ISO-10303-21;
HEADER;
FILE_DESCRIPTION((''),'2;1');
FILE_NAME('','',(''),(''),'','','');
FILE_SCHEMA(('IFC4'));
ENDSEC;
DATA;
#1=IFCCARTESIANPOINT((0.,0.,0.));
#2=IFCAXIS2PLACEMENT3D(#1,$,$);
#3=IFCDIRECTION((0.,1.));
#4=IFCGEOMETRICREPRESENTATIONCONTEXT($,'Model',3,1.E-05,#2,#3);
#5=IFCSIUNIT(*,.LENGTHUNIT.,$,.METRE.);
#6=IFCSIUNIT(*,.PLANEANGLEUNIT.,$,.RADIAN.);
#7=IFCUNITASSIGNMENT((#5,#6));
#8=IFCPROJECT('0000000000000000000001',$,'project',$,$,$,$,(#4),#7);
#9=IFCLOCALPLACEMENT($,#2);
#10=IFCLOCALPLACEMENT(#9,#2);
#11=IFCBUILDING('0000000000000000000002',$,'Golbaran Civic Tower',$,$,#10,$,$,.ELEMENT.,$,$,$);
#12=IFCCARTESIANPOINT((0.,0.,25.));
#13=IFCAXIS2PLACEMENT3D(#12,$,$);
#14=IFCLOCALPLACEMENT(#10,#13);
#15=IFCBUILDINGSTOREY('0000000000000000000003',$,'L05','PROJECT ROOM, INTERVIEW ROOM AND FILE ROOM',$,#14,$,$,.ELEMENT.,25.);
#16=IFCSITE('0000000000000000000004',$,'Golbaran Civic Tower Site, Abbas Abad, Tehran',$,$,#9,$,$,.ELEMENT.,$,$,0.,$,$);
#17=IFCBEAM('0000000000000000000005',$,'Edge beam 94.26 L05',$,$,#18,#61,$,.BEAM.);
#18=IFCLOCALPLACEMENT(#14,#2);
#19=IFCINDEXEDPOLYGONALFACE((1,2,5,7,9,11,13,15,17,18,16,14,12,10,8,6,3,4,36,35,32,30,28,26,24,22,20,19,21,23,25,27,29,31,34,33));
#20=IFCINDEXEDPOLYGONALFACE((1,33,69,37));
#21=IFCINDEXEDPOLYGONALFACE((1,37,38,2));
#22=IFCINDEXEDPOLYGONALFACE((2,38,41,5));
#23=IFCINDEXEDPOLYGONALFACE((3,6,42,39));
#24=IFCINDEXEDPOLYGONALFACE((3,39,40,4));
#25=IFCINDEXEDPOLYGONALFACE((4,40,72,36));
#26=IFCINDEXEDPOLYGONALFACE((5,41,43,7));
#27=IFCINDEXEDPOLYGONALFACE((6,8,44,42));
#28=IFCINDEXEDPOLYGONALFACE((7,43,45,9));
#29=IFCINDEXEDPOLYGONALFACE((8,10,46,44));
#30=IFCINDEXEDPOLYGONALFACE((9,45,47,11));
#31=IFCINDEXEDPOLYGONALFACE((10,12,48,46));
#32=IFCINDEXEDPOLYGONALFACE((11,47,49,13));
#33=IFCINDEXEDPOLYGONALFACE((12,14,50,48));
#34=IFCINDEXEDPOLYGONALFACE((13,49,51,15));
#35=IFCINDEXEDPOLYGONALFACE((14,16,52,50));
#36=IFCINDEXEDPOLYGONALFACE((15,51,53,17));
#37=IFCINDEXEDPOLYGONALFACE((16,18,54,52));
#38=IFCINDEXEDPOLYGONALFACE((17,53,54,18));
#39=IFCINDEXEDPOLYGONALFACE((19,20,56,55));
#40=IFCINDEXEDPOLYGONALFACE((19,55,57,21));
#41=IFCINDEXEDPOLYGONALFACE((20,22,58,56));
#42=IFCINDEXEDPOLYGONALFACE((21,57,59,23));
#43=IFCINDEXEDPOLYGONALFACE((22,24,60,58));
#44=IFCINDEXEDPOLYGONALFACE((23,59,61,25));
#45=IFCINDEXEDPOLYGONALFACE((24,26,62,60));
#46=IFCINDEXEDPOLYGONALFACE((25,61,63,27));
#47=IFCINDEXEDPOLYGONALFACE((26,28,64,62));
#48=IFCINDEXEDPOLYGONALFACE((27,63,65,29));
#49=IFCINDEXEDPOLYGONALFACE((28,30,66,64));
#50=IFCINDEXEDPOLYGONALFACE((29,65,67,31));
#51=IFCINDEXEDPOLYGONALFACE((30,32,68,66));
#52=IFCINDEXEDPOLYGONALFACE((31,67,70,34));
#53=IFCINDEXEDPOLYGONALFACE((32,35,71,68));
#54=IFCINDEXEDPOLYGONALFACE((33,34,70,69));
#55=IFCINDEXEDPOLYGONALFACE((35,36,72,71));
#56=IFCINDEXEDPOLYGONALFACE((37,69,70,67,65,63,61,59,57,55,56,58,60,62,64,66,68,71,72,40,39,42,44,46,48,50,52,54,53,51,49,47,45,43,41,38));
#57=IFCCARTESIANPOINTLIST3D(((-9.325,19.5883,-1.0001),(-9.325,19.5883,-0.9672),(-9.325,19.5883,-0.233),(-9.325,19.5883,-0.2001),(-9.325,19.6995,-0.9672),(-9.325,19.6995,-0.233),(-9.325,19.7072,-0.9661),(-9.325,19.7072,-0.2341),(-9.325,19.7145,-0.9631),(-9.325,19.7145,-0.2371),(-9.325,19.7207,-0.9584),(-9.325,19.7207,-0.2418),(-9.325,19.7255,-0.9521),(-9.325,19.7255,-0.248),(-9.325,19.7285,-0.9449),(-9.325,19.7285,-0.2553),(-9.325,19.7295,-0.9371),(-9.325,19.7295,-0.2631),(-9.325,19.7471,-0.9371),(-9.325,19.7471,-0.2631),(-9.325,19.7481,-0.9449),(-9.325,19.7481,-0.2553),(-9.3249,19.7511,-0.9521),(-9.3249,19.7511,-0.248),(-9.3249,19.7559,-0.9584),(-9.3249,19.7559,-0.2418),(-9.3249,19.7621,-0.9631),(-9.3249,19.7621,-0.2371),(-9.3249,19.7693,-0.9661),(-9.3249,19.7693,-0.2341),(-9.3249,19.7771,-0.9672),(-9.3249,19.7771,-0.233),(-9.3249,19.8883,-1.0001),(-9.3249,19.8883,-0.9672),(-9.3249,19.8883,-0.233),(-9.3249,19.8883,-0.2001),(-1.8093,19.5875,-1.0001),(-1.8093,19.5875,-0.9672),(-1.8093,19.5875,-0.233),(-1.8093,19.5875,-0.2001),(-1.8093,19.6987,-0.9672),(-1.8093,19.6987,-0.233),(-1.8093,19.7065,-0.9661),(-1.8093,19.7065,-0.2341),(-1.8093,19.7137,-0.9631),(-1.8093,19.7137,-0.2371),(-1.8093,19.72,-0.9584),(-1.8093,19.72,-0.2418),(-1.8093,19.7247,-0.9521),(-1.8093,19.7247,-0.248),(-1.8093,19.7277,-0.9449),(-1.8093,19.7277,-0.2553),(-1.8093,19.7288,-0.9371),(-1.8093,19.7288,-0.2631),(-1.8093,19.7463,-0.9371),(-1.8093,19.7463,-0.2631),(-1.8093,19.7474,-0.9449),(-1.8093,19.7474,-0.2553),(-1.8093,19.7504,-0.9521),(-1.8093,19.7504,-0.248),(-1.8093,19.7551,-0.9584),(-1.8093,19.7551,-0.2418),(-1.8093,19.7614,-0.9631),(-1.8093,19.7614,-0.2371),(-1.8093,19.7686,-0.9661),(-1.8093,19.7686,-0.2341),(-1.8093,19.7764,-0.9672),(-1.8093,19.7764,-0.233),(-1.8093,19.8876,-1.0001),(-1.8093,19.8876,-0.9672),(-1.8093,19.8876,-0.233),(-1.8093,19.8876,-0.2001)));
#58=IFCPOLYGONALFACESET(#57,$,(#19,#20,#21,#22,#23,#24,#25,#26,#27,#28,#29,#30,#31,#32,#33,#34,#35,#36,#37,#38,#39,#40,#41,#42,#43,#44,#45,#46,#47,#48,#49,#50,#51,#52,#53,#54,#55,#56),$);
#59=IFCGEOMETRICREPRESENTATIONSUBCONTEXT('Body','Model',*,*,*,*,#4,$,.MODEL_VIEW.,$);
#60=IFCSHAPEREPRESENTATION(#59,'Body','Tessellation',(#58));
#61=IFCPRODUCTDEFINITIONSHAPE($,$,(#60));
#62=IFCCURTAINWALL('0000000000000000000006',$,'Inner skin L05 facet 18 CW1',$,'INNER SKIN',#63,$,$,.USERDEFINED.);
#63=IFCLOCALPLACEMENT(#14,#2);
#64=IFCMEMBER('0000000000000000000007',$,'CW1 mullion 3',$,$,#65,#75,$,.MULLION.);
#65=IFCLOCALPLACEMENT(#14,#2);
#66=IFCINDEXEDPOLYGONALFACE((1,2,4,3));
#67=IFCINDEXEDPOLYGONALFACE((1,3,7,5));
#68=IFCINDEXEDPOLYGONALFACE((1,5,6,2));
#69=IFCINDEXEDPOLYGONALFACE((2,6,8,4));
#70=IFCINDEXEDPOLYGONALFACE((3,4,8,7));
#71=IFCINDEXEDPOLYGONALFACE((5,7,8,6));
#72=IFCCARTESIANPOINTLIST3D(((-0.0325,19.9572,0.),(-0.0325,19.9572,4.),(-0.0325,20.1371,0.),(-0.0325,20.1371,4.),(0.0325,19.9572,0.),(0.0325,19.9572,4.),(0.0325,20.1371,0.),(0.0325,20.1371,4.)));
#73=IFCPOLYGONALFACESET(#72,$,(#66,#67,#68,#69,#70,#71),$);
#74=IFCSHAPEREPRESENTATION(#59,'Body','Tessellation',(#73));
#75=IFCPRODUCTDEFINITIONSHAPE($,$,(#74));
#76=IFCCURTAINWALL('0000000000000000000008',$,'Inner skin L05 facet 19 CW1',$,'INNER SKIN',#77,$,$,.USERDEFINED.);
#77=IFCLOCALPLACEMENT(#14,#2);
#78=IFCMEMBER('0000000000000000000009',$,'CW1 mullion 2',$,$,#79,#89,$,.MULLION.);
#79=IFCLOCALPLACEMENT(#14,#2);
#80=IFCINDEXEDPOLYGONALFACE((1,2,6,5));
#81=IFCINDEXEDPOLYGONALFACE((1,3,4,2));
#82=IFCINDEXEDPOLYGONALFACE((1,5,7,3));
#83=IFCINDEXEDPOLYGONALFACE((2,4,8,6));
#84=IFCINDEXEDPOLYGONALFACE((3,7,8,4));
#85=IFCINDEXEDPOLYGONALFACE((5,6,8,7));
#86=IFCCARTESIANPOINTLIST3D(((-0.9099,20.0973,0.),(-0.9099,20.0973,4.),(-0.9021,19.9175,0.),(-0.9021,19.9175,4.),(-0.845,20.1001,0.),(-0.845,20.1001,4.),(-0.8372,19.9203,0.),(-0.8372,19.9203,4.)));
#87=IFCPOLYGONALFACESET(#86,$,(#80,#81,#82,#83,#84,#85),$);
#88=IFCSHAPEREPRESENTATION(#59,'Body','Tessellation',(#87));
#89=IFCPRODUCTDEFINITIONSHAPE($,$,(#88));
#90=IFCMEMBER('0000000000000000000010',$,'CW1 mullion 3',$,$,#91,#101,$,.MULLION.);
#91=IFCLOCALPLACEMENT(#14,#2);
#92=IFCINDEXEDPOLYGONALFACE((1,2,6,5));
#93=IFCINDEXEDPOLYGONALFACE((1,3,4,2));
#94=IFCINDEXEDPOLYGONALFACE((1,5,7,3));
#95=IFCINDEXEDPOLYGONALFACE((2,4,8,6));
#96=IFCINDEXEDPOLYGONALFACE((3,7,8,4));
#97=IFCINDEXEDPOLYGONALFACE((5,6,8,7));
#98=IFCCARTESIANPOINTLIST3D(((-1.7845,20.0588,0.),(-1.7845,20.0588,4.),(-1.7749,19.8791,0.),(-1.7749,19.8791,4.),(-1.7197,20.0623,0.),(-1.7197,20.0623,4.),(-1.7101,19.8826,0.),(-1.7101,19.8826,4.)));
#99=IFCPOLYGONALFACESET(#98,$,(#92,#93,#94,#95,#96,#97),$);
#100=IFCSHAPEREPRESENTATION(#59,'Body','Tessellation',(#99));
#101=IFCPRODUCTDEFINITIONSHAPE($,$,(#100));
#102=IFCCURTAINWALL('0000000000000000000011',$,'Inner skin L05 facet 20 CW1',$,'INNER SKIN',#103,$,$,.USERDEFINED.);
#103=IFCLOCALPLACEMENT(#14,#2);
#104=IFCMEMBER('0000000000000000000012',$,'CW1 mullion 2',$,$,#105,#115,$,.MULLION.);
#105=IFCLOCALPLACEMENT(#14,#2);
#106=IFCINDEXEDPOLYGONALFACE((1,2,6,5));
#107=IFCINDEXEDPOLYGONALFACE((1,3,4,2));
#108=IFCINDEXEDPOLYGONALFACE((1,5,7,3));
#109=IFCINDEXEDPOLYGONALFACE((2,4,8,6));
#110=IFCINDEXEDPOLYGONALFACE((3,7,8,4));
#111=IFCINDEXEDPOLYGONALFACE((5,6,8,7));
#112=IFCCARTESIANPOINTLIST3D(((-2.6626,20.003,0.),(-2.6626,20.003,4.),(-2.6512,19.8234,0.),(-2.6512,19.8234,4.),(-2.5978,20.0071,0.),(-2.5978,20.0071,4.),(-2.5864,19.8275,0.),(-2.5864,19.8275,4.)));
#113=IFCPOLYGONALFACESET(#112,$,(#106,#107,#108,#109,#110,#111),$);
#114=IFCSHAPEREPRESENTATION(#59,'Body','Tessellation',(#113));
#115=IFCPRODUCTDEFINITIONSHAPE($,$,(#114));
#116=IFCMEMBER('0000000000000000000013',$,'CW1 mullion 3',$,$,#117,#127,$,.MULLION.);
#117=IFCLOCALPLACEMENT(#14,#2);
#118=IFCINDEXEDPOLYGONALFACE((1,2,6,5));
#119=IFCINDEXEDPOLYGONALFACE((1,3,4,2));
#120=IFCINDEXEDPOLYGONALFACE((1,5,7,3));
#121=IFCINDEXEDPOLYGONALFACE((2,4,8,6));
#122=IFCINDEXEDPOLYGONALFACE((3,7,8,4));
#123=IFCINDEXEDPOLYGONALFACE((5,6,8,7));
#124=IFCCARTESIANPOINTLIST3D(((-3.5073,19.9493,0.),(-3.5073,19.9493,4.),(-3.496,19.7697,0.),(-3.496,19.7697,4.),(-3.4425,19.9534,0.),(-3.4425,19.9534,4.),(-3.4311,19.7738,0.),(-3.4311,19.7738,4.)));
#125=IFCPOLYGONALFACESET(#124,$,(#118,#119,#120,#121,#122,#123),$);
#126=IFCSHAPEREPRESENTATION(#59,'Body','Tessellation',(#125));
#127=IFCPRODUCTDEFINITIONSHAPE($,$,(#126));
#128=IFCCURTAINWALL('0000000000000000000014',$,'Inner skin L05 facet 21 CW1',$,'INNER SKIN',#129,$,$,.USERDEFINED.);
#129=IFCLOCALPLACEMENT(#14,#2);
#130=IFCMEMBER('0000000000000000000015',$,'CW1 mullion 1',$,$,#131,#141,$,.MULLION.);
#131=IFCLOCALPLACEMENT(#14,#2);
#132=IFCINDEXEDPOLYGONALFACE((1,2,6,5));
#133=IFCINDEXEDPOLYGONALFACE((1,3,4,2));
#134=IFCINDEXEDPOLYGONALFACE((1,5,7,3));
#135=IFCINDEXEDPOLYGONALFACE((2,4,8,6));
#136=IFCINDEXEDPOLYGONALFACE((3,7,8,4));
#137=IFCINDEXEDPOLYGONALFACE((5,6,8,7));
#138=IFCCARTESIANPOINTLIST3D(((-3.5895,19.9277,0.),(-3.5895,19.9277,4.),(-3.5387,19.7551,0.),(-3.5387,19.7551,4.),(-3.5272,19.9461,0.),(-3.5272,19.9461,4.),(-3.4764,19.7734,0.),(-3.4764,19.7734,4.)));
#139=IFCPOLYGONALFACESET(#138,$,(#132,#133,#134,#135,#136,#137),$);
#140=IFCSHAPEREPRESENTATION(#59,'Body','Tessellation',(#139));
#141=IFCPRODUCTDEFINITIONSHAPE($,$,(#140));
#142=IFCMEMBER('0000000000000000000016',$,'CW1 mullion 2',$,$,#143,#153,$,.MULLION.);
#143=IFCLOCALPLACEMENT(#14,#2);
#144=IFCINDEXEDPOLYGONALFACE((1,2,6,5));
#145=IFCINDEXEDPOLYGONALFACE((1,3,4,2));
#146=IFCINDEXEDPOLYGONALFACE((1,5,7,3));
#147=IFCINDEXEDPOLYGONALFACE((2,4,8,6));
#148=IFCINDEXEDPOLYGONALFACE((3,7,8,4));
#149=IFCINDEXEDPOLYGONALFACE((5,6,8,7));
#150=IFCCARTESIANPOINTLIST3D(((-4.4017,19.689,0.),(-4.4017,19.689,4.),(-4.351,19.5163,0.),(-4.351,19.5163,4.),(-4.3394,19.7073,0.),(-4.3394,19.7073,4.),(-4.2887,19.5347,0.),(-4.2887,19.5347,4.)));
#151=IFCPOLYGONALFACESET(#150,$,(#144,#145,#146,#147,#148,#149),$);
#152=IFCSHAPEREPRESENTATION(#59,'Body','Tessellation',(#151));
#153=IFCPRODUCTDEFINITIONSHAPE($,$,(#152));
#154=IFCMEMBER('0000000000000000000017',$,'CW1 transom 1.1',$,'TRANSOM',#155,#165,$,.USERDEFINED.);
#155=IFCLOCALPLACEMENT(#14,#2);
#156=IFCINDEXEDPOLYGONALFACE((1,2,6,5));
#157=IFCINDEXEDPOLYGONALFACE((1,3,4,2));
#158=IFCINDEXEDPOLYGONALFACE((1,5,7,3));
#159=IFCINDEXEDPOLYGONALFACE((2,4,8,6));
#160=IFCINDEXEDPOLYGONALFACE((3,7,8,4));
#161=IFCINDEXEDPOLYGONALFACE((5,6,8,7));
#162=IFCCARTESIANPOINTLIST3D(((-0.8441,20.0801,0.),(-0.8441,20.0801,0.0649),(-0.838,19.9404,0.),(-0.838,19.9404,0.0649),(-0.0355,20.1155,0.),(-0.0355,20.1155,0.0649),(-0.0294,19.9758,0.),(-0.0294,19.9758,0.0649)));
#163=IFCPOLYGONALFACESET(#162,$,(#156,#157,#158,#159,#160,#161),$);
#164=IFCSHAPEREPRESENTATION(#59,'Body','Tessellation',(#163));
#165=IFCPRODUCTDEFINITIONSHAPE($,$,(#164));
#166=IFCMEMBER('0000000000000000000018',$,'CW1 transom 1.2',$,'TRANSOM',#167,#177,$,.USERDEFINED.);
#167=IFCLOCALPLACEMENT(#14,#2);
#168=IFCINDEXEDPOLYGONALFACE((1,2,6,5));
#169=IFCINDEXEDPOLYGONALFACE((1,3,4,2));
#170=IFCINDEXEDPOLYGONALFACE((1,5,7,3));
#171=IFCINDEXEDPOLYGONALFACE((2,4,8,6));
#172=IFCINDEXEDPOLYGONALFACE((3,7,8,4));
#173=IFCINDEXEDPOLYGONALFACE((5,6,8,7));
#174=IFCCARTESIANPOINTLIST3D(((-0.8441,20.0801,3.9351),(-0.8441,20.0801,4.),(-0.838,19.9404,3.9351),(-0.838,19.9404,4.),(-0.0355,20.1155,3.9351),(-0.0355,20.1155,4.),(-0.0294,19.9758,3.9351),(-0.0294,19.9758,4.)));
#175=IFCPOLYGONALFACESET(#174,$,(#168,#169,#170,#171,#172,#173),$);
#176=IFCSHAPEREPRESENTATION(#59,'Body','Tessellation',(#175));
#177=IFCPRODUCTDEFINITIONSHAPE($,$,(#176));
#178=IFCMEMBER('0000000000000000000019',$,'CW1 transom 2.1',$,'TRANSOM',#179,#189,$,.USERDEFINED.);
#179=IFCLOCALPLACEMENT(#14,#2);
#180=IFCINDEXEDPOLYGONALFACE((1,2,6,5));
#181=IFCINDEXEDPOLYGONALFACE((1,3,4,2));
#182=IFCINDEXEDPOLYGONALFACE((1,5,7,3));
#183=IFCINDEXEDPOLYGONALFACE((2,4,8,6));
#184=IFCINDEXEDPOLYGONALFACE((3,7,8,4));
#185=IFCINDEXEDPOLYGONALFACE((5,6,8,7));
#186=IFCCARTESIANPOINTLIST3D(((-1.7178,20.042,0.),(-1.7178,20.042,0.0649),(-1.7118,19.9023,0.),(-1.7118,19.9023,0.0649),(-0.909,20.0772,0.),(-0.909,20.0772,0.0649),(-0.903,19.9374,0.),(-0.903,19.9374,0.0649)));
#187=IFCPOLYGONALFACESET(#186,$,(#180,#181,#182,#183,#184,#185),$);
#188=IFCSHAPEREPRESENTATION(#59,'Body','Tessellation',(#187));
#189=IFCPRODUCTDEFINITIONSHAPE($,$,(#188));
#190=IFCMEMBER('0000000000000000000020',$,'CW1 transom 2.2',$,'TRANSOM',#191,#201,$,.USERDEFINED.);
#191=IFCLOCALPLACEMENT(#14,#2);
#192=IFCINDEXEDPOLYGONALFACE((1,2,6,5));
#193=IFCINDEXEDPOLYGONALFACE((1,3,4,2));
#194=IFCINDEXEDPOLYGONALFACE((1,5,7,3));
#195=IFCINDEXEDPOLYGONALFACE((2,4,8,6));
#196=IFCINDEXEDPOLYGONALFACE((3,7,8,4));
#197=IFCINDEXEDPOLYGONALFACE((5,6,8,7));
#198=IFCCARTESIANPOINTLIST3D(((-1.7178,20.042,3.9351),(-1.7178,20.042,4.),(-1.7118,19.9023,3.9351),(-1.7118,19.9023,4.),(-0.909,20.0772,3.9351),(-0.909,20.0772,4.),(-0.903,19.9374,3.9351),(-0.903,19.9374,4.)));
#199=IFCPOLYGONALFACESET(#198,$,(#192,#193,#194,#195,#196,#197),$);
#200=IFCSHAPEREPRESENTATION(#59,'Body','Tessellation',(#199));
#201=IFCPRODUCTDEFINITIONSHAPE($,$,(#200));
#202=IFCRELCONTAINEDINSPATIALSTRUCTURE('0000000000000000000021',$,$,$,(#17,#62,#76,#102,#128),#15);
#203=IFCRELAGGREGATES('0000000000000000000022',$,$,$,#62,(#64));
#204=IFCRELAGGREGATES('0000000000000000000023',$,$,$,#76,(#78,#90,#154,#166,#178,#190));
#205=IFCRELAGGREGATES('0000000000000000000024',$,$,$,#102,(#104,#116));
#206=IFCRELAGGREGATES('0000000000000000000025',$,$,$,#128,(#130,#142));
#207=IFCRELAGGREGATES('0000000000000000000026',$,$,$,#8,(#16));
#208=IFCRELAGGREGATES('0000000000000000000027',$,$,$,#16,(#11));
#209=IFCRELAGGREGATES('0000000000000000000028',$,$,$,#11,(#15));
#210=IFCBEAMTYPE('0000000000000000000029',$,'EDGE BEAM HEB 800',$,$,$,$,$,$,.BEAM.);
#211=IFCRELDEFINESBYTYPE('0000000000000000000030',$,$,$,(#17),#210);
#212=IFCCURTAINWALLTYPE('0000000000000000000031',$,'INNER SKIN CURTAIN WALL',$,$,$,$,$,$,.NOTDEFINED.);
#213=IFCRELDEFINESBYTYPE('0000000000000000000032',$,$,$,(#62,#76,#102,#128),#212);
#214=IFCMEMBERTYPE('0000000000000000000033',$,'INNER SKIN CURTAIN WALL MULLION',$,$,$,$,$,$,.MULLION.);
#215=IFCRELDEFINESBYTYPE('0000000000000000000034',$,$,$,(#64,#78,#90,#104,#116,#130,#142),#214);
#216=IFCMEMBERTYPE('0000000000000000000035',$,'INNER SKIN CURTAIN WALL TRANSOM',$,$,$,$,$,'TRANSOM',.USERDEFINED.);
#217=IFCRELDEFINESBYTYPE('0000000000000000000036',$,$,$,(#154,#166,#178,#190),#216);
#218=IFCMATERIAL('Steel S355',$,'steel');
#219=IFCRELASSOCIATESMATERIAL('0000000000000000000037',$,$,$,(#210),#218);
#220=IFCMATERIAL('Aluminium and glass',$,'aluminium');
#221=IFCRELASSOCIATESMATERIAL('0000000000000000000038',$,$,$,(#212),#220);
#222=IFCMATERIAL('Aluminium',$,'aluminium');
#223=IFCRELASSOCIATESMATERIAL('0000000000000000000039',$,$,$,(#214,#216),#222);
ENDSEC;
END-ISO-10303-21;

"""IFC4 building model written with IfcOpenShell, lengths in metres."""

from ifc_helpers import new_model, si_unit, direction, frame, origin, origin_2d, place, context, subcontext, project, spatial, rectangle, i_section, extrude, material, material_profile, profile_set, type_object, element, aggregate, save


model = new_model("IFC4")

# Units and contexts
model_context = context("Model", 3, precision=1e-05, world=origin(), true_north=direction((0.0, 1.0)))
body_context = subcontext(model_context, "Body", "Model", "MODEL_VIEW")
ifc_project = project(units=[si_unit("LENGTHUNIT", "METRE"), si_unit("PLANEANGLEUNIT", "RADIAN")], contexts=[model_context])

# Site, building, storey
site_placement = place(None, origin())
site = spatial("IfcSite", under=ifc_project, at=site_placement, Name="Golbaran Civic Tower Site, Abbas Abad, Tehran", CompositionType="ELEMENT", RefElevation=0.0)
building_placement = place(site_placement, origin())
building = spatial("IfcBuilding", under=site, at=building_placement, Name="Golbaran Civic Tower", CompositionType="ELEMENT")
storey_placement = place(building_placement, frame((0.0, 0.0, 25.0)))
storey = spatial("IfcBuildingStorey", under=building, at=storey_placement, Name="L05", Description="PROJECT ROOM, INTERVIEW ROOM AND FILE ROOM", CompositionType="ELEMENT", Elevation=25.0)

# Beam
ifc_material_1 = material(Name="Steel S355", Category="steel")
ifc_material_profile_1 = material_profile(ifc_material_1, i_section(OverallWidth=0.3, OverallDepth=0.8, WebThickness=0.0176, FlangeThickness=0.033, FilletRadius=0.03, at=origin_2d()), Name="HEB 800")
ifc_profile_set_1 = profile_set([ifc_material_profile_1], Name="Steel S355")
beam_type = type_object("IfcBeamType", Name="EDGE BEAM HEB 800", PredefinedType="BEAM", material=ifc_profile_set_1)
beam_placement = place(storey_placement, frame((-1.8093, 19.7375, -0.6001), z_axis=(-1.0, 0.000097, 0.0), x_axis=(-0.000097, -1.0, 0.0)))
element("IfcBeam", 1, at=beam_placement, inside=storey, type_object=beam_type, Name="Edge beam 94.26 L05", PredefinedType="BEAM", context=body_context, shape_type="SweptSolid", body=[
    extrude(i_section(OverallWidth=0.3, OverallDepth=0.8, WebThickness=0.0176, FlangeThickness=0.033, FilletRadius=0.03, at=origin_2d()), origin(), (0.0, 0.0, 1.0), 7.5156),
])

# Curtain wall, member
ifc_material_2 = material(Name="Aluminium and glass", Category="aluminium")
curtain_wall_type = type_object("IfcCurtainWallType", Name="INNER SKIN CURTAIN WALL", PredefinedType="NOTDEFINED", material=ifc_material_2)
curtain_wall_1_placement = place(storey_placement, origin())
curtain_wall_1 = element("IfcCurtainWall", 2, at=curtain_wall_1_placement, inside=storey, type_object=curtain_wall_type, Name="Inner skin L05 facet 18 CW1", ObjectType="INNER SKIN", PredefinedType="USERDEFINED")
ifc_material_3 = material(Name="Aluminium", Category="aluminium")
ifc_material_profile_2 = material_profile(ifc_material_3, rectangle(XDim=0.1799, YDim=0.0649, at=origin_2d()), Name="INNER SKIN CURTAIN WALL MULLION")
ifc_profile_set_2 = profile_set([ifc_material_profile_2], Name="Aluminium")
member_type_1 = type_object("IfcMemberType", Name="INNER SKIN CURTAIN WALL MULLION", PredefinedType="MULLION", material=ifc_profile_set_2)
member_1_placement = place(storey_placement, frame((0.0, 20.0471, 0.0), z_axis=(0.0, 0.0, 1.0), x_axis=(0.0, -1.0, 0.0)))
member_1 = element("IfcMember", 3, at=member_1_placement, type_object=member_type_1, Name="CW1 mullion 3", PredefinedType="MULLION", context=body_context, shape_type="SweptSolid", body=[
    extrude(rectangle(XDim=0.1799, YDim=0.0649, at=origin_2d()), origin(), (0.0, 0.0, 1.0), 4.0),
])
aggregate(curtain_wall_1, [member_1])

# Curtain walls, members
curtain_wall_2_placement = place(storey_placement, origin())
curtain_wall_2 = element("IfcCurtainWall", 4, at=curtain_wall_2_placement, inside=storey, type_object=curtain_wall_type, Name="Inner skin L05 facet 19 CW1", ObjectType="INNER SKIN", PredefinedType="USERDEFINED")
member_2_placement = place(storey_placement, frame((-0.8735, 20.0088, 0.0), z_axis=(0.0, 0.0, 1.0), x_axis=(0.043619, -0.999048, 0.0)))
member_2 = element("IfcMember", 5, at=member_2_placement, type_object=member_type_1, Name="CW1 mullion 2", PredefinedType="MULLION", context=body_context, shape_type="SweptSolid", body=[
    extrude(rectangle(XDim=0.1799, YDim=0.0649, at=origin_2d()), origin(), (0.0, 0.0, 1.0), 4.0),
])
member_3_placement = place(storey_placement, frame((-1.7473, 19.9707, 0.0), z_axis=(0.0, 0.0, 1.0), x_axis=(0.053404, -0.998573, 0.0)))
member_3 = element("IfcMember", 6, at=member_3_placement, type_object=member_type_1, Name="CW1 mullion 3", PredefinedType="MULLION", context=body_context, shape_type="SweptSolid", body=[
    extrude(rectangle(XDim=0.1799, YDim=0.0649, at=origin_2d()), origin(), (0.0, 0.0, 1.0), 4.0),
])
curtain_wall_3_placement = place(storey_placement, origin())
curtain_wall_3 = element("IfcCurtainWall", 7, at=curtain_wall_3_placement, inside=storey, type_object=curtain_wall_type, Name="Inner skin L05 facet 20 CW1", ObjectType="INNER SKIN", PredefinedType="USERDEFINED")
member_4_placement = place(storey_placement, frame((-2.6245, 19.9153, 0.0), z_axis=(0.0, 0.0, 1.0), x_axis=(0.063183, -0.998002, 0.0)))
member_4 = element("IfcMember", 8, at=member_4_placement, type_object=member_type_1, Name="CW1 mullion 2", PredefinedType="MULLION", context=body_context, shape_type="SweptSolid", body=[
    extrude(rectangle(XDim=0.1799, YDim=0.0649, at=origin_2d()), origin(), (0.0, 0.0, 1.0), 4.0),
])
member_5_placement = place(storey_placement, frame((-3.4692, 19.8616, 0.0), z_axis=(0.0, 0.0, 1.0), x_axis=(0.063183, -0.998002, 0.0)))
member_5 = element("IfcMember", 9, at=member_5_placement, type_object=member_type_1, Name="CW1 mullion 3", PredefinedType="MULLION", context=body_context, shape_type="SweptSolid", body=[
    extrude(rectangle(XDim=0.1799, YDim=0.0649, at=origin_2d()), origin(), (0.0, 0.0, 1.0), 4.0),
])
curtain_wall_4_placement = place(storey_placement, origin())
curtain_wall_4 = element("IfcCurtainWall", 10, at=curtain_wall_4_placement, inside=storey, type_object=curtain_wall_type, Name="Inner skin L05 facet 21 CW1", ObjectType="INNER SKIN", PredefinedType="USERDEFINED")
member_6_placement = place(storey_placement, frame((-3.533, 19.8506, 0.0), z_axis=(0.0, 0.0, 1.0), x_axis=(0.281964, -0.959425, 0.0)))
member_6 = element("IfcMember", 11, at=member_6_placement, type_object=member_type_1, Name="CW1 mullion 1", PredefinedType="MULLION", context=body_context, shape_type="SweptSolid", body=[
    extrude(rectangle(XDim=0.1799, YDim=0.0649, at=origin_2d()), origin(), (0.0, 0.0, 1.0), 4.0),
])
member_7_placement = place(storey_placement, frame((-4.3452, 19.6118, 0.0), z_axis=(0.0, 0.0, 1.0), x_axis=(0.281964, -0.959425, 0.0)))
member_7 = element("IfcMember", 12, at=member_7_placement, type_object=member_type_1, Name="CW1 mullion 2", PredefinedType="MULLION", context=body_context, shape_type="SweptSolid", body=[
    extrude(rectangle(XDim=0.1799, YDim=0.0649, at=origin_2d()), origin(), (0.0, 0.0, 1.0), 4.0),
])

# Members
ifc_material_profile_3 = material_profile(ifc_material_3, rectangle(XDim=0.1399, YDim=0.0649, at=origin_2d()), Name="INNER SKIN CURTAIN WALL TRANSOM")
ifc_profile_set_3 = profile_set([ifc_material_profile_3], Name="Aluminium")
member_type_2 = type_object("IfcMemberType", Name="INNER SKIN CURTAIN WALL TRANSOM", ElementType="TRANSOM", PredefinedType="USERDEFINED", material=ifc_profile_set_3)
member_8_placement = place(storey_placement, frame((-0.0325, 20.0457, 0.0325), z_axis=(-0.999043, -0.043738, 0.0), x_axis=(0.043738, -0.999043, 0.0)))
member_8 = element("IfcMember", 13, at=member_8_placement, type_object=member_type_2, Name="CW1 transom 1.1", ObjectType="TRANSOM", PredefinedType="USERDEFINED", context=body_context, shape_type="SweptSolid", body=[
    extrude(rectangle(XDim=0.1399, YDim=0.0649, at=origin_2d()), origin(), (0.0, 0.0, 1.0), 0.8093),
])
member_9_placement = place(storey_placement, frame((-0.0325, 20.0457, 3.9675), z_axis=(-0.999043, -0.043738, 0.0), x_axis=(0.043738, -0.999043, 0.0)))
member_9 = element("IfcMember", 14, at=member_9_placement, type_object=member_type_2, Name="CW1 transom 1.2", ObjectType="TRANSOM", PredefinedType="USERDEFINED", context=body_context, shape_type="SweptSolid", body=[
    extrude(rectangle(XDim=0.1399, YDim=0.0649, at=origin_2d()), origin(), (0.0, 0.0, 1.0), 0.8093),
])
member_10_placement = place(storey_placement, frame((-0.906, 20.0073, 0.0325), z_axis=(-0.999057, -0.043424, 0.0), x_axis=(0.043424, -0.999057, 0.0)))
member_10 = element("IfcMember", 15, at=member_10_placement, type_object=member_type_2, Name="CW1 transom 2.1", ObjectType="TRANSOM", PredefinedType="USERDEFINED", context=body_context, shape_type="SweptSolid", body=[
    extrude(rectangle(XDim=0.1399, YDim=0.0649, at=origin_2d()), origin(), (0.0, 0.0, 1.0), 0.8096),
])
member_11_placement = place(storey_placement, frame((-0.906, 20.0073, 3.9675), z_axis=(-0.999057, -0.043424, 0.0), x_axis=(0.043424, -0.999057, 0.0)))
member_11 = element("IfcMember", 16, at=member_11_placement, type_object=member_type_2, Name="CW1 transom 2.2", ObjectType="TRANSOM", PredefinedType="USERDEFINED", context=body_context, shape_type="SweptSolid", body=[
    extrude(rectangle(XDim=0.1399, YDim=0.0649, at=origin_2d()), origin(), (0.0, 0.0, 1.0), 0.8096),
])

aggregate(curtain_wall_2, [member_2, member_3, member_8, member_9, member_10, member_11])
aggregate(curtain_wall_3, [member_4, member_5])
aggregate(curtain_wall_4, [member_6, member_7])

save(model, "model.ifc")
